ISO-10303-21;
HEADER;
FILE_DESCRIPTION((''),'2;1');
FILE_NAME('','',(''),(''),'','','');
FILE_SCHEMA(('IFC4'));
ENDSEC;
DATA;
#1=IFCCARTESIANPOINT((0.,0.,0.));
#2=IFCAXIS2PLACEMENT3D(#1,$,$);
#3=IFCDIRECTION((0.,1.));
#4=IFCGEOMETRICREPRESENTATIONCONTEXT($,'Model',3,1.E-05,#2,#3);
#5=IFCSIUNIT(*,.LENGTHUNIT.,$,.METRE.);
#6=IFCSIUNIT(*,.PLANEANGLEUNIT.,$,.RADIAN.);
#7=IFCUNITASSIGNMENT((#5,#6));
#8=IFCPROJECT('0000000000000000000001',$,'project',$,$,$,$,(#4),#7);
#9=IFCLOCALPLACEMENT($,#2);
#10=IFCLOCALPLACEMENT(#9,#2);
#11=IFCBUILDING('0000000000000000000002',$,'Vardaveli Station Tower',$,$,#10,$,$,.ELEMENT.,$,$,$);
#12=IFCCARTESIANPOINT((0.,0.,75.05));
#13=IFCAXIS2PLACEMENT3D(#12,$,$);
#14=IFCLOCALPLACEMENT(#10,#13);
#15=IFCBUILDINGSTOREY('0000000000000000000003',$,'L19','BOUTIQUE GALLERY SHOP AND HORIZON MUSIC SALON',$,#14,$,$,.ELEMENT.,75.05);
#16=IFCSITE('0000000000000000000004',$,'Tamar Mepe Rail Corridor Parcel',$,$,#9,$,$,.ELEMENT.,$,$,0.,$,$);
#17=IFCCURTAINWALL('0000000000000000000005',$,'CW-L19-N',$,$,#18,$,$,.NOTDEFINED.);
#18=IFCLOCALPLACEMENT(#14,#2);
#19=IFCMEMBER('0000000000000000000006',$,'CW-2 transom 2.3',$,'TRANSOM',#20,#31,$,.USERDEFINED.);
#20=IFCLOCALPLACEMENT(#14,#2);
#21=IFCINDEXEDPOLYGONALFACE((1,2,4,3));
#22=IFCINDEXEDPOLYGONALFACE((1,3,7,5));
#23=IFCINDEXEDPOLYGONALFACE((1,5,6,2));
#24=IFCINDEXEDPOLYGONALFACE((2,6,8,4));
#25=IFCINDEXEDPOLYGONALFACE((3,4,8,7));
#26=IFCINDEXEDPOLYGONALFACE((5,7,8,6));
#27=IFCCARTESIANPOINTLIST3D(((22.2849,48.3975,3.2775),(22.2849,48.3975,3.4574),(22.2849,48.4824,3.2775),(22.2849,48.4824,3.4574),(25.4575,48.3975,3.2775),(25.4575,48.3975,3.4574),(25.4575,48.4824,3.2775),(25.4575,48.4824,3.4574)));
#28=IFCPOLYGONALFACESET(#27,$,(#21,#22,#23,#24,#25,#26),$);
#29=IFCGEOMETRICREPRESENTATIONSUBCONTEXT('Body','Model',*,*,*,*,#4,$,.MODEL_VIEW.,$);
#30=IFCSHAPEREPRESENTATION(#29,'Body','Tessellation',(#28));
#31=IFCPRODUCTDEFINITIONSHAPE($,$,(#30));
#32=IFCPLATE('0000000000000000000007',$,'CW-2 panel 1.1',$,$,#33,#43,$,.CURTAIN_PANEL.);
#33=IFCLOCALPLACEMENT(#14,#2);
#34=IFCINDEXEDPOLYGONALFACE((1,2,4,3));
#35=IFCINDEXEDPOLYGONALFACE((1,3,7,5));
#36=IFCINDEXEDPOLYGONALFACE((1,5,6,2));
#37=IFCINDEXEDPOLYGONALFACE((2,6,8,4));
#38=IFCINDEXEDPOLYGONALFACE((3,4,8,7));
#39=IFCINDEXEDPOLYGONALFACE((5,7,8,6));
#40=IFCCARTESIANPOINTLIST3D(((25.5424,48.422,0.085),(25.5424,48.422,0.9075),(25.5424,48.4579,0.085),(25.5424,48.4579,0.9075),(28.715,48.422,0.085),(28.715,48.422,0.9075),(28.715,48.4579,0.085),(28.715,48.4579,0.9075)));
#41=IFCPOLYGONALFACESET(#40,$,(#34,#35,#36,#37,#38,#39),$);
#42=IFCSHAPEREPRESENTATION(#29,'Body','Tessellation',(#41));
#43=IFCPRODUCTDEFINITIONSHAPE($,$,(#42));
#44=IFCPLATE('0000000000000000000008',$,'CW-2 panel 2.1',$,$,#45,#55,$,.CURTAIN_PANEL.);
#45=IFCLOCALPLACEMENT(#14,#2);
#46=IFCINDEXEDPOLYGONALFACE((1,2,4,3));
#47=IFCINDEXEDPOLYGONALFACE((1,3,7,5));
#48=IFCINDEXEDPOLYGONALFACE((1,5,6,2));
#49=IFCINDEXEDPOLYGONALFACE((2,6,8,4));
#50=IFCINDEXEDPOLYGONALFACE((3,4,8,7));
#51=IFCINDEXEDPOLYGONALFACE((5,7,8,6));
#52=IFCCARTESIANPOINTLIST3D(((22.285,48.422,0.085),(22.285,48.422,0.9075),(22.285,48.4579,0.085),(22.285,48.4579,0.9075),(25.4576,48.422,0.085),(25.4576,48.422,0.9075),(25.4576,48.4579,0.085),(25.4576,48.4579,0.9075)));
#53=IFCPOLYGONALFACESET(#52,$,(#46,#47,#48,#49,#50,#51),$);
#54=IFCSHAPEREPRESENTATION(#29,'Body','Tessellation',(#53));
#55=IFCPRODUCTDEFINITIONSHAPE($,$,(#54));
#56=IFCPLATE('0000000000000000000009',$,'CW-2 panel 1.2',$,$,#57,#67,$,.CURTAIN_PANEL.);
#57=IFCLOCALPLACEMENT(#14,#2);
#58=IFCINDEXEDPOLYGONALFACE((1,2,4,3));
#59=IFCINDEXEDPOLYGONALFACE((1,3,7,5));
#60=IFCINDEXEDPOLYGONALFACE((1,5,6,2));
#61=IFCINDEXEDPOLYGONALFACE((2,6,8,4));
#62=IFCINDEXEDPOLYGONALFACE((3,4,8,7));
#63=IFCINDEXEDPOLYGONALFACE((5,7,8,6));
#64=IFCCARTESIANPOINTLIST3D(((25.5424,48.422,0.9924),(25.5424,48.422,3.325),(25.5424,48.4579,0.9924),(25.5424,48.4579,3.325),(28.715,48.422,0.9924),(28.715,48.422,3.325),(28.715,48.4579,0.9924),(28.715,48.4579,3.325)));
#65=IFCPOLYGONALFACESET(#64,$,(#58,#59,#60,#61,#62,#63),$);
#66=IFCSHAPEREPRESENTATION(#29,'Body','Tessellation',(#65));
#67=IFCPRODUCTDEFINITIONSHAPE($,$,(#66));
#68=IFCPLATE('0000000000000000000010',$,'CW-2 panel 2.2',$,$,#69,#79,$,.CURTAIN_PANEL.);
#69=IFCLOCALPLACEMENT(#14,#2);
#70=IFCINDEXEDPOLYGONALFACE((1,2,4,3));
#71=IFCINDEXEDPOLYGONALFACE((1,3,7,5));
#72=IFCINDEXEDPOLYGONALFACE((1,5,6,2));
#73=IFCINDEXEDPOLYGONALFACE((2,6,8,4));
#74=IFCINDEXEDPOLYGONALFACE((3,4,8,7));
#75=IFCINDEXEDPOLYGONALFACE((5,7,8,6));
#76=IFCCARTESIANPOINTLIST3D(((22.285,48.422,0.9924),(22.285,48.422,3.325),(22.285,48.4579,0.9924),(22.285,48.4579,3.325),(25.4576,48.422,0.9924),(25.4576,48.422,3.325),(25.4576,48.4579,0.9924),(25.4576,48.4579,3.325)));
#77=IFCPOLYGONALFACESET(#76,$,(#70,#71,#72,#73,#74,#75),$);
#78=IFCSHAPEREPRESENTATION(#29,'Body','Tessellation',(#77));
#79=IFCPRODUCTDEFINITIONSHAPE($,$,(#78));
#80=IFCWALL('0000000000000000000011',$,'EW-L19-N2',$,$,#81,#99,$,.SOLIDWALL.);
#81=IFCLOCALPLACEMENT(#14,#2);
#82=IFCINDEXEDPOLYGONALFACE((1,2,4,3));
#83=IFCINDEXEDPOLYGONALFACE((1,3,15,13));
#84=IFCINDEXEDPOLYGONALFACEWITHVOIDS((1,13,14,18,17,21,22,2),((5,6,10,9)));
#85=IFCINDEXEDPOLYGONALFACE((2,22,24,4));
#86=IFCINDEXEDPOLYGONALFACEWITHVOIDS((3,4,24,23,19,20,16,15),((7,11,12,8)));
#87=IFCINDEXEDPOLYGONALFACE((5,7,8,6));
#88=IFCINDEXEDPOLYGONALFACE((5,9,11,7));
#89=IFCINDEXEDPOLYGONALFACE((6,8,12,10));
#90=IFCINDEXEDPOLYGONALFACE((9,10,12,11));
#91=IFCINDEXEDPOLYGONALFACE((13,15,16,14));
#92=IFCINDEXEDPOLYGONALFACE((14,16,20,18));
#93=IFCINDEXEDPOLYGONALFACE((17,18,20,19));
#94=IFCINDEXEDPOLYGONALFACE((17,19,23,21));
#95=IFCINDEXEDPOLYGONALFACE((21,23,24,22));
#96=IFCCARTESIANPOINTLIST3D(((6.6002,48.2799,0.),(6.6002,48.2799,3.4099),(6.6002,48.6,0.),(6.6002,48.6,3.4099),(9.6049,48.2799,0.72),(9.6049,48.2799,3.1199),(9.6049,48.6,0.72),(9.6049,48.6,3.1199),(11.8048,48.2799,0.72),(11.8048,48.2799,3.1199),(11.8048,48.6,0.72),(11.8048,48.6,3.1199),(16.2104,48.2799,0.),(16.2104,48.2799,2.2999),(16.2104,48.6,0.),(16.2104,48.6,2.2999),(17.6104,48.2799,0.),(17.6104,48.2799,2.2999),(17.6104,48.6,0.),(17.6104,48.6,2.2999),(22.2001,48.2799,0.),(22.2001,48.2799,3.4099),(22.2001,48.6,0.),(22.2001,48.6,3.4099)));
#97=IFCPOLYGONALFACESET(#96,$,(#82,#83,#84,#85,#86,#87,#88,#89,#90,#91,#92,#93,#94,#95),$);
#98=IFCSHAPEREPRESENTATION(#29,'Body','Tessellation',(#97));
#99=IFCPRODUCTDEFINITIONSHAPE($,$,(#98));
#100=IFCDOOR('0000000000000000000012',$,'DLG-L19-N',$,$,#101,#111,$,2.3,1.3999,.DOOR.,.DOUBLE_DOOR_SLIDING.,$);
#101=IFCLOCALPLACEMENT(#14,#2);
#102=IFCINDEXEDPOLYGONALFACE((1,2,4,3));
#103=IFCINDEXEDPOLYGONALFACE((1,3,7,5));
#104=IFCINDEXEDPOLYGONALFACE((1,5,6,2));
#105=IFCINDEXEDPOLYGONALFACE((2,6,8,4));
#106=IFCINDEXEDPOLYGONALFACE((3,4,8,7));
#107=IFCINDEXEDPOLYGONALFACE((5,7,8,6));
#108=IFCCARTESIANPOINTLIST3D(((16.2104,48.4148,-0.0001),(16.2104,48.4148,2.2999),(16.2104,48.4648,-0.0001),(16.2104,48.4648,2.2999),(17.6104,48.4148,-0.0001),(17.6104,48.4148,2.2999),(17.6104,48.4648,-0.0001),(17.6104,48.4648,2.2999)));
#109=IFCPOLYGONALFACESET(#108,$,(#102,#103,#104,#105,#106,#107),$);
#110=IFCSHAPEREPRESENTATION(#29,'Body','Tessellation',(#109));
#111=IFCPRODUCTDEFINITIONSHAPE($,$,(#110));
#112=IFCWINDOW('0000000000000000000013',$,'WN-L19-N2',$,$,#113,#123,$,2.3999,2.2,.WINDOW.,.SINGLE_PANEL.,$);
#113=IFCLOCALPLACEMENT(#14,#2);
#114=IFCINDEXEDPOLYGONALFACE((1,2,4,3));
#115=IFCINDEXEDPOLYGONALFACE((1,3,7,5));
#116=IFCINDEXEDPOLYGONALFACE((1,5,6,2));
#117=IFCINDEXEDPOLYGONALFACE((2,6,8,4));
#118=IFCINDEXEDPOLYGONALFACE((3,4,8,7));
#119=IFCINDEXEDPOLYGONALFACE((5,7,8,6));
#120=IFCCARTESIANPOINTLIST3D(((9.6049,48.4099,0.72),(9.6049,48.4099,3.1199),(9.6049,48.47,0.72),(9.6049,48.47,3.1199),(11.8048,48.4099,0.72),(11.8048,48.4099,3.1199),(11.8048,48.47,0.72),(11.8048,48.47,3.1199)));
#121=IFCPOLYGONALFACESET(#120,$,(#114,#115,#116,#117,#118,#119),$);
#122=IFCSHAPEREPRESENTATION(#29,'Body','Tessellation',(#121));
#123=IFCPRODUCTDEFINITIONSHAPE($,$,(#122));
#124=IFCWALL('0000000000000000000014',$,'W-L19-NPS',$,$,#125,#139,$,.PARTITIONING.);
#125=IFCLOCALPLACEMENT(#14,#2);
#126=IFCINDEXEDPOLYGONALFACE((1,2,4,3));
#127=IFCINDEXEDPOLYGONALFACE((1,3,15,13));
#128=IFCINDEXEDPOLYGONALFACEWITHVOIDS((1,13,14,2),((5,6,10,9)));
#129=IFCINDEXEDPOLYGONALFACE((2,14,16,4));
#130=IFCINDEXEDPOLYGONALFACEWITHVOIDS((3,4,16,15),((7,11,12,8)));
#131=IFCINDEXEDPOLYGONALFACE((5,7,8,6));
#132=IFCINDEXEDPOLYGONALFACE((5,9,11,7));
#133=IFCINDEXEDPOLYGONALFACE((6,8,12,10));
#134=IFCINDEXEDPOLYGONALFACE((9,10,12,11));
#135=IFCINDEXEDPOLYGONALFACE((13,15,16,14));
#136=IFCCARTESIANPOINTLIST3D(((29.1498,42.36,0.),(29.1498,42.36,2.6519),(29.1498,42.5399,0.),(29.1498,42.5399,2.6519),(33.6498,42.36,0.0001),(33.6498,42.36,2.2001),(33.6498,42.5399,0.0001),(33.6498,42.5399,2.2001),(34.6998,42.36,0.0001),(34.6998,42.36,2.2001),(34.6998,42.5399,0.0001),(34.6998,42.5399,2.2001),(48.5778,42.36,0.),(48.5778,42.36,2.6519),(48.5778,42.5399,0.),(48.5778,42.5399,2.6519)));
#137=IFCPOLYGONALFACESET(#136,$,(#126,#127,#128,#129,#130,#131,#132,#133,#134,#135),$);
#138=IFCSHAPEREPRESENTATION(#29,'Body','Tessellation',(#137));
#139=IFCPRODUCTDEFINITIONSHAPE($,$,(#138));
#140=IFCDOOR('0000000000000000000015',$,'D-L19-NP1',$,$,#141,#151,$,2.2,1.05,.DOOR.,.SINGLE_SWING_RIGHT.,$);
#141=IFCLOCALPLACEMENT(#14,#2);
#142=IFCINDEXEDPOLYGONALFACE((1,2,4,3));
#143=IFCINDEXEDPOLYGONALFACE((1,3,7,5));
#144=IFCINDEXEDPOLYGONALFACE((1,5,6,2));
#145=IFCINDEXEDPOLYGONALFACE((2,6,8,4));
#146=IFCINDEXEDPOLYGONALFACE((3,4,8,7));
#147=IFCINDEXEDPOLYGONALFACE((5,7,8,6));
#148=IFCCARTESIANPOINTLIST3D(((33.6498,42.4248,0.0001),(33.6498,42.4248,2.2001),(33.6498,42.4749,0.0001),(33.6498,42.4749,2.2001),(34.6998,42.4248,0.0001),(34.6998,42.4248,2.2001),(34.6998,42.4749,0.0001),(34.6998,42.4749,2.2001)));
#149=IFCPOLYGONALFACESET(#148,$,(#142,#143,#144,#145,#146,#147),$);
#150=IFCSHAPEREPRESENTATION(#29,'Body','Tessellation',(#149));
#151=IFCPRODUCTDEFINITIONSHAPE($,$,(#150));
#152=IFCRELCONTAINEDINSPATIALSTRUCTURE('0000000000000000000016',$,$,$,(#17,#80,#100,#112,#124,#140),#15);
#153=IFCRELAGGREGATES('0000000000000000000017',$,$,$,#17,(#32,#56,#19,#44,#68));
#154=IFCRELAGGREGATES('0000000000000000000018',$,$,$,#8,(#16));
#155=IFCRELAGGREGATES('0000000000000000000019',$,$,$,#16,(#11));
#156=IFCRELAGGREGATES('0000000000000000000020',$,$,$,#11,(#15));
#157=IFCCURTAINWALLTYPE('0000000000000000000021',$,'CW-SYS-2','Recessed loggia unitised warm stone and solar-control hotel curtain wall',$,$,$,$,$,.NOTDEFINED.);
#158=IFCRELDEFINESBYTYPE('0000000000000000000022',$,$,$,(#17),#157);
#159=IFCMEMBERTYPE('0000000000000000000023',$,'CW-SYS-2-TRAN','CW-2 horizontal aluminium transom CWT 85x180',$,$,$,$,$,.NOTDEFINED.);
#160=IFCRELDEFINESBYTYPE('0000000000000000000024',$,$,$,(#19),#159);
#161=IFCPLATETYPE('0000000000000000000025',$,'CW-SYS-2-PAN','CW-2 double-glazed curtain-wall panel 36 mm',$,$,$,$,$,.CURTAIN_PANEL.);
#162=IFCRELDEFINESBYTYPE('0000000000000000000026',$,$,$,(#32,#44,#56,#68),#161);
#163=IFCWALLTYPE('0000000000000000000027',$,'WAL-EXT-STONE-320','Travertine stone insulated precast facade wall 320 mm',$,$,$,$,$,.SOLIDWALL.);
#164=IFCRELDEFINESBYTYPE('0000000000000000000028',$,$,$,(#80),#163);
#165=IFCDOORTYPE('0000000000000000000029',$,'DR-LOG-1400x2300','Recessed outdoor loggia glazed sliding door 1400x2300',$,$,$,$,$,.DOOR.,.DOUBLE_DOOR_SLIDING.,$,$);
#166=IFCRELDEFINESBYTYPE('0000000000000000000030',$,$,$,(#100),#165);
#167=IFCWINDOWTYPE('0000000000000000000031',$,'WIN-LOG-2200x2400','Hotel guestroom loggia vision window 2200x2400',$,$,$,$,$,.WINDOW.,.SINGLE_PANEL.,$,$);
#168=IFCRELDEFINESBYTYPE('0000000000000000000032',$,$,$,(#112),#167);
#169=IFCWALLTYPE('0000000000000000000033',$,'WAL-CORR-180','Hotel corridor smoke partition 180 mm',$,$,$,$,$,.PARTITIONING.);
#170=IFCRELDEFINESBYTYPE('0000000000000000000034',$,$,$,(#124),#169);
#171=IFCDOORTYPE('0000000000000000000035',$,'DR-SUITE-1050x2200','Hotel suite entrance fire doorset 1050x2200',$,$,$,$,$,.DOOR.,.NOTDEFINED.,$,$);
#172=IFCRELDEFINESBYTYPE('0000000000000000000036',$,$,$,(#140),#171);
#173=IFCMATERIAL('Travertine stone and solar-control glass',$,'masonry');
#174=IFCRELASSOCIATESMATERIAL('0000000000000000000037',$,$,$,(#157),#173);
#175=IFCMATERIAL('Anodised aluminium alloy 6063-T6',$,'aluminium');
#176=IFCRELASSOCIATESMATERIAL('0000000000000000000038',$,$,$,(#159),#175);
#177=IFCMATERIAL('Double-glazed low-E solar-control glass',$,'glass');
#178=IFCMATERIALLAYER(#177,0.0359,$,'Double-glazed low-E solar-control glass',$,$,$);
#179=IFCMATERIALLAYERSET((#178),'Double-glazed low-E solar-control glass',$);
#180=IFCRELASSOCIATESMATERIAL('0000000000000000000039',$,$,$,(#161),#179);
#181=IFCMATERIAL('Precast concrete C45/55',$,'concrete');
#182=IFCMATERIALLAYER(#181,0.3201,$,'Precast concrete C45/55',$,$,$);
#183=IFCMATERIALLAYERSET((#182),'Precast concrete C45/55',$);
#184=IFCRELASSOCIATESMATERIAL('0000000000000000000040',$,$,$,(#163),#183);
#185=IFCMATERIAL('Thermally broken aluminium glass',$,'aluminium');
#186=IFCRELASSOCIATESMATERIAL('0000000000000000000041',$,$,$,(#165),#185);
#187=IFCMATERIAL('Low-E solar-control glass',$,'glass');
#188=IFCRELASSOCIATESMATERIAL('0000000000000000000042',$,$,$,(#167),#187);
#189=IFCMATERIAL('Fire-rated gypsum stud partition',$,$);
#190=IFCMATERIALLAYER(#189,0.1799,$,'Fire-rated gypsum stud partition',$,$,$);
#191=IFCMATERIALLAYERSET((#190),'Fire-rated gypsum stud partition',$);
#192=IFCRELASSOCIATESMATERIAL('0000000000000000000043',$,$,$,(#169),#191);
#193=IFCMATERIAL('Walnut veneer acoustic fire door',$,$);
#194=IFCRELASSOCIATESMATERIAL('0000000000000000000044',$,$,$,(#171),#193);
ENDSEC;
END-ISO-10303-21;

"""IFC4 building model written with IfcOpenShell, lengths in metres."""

from ifc_helpers import new_model, si_unit, direction, frame, frame_2d, origin, origin_2d, place, context, subcontext, project, spatial, rectangle, extrude, source, transform, mapped, material, layer, layer_set, material_profile, profile_set, type_object, element, fill, aggregate, save


model = new_model("IFC4")

# Units and contexts
model_context = context("Model", 3, precision=1e-05, world=origin(), true_north=direction((0.0, 1.0)))
body_context = subcontext(model_context, "Body", "Model", "MODEL_VIEW")
ifc_project = project(units=[si_unit("LENGTHUNIT", "METRE"), si_unit("PLANEANGLEUNIT", "RADIAN")], contexts=[model_context])

# Site, building, storey
site_placement = place(None, origin())
site = spatial("IfcSite", under=ifc_project, at=site_placement, Name="Tamar Mepe Rail Corridor Parcel", CompositionType="ELEMENT", RefElevation=0.0)
building_placement = place(site_placement, origin())
building = spatial("IfcBuilding", under=site, at=building_placement, Name="Vardaveli Station Tower", CompositionType="ELEMENT")
storey_placement = place(building_placement, frame((0.0, 0.0, 75.05)))
storey = spatial("IfcBuildingStorey", under=building, at=storey_placement, Name="L19", Description="BOUTIQUE GALLERY SHOP AND HORIZON MUSIC SALON", CompositionType="ELEMENT", Elevation=75.05)

# Shared definitions
ifc_material_1 = material(Name="Precast concrete C45/55", Category="concrete")

# Curtain wall, member, plates
ifc_material_2 = material(Name="Travertine stone and solar-control glass", Category="masonry")
curtain_wall_type = type_object("IfcCurtainWallType", Name="CW-SYS-2", Description="Recessed loggia unitised warm stone and solar-control hotel curtain wall", PredefinedType="NOTDEFINED", material=ifc_material_2)
curtain_wall_placement = place(storey_placement, origin())
curtain_wall = element("IfcCurtainWall", 1, at=curtain_wall_placement, inside=storey, type_object=curtain_wall_type, Name="CW-L19-N", PredefinedType="NOTDEFINED")
ifc_material_3 = material(Name="Anodised aluminium alloy 6063-T6", Category="aluminium")
ifc_material_profile_1 = material_profile(ifc_material_3, rectangle(XDim=0.085, YDim=0.1799, at=origin_2d()), Name="CWT 85x180")
ifc_profile_set_1 = profile_set([ifc_material_profile_1], Name="Anodised aluminium alloy 6063-T6")
member_type_1 = type_object("IfcMemberType", Name="CW-SYS-2-TRAN", Description="CW-2 horizontal aluminium transom CWT 85x180", PredefinedType="NOTDEFINED", material=ifc_profile_set_1)
shared_shape_1 = source(origin(), body_context, "Body", "SweptSolid", [
    extrude(rectangle(XDim=0.085, YDim=0.1799, at=origin_2d()), origin(), (0.0, 0.0, 1.0), 3.1726),
])
member_1_placement = place(storey_placement, frame((25.4575, 48.4399, 3.3674), z_axis=(-1.0, 0.0, 0.0), x_axis=(0.0, -1.0, 0.0)))
member_1 = element("IfcMember", 2, at=member_1_placement, type_object=member_type_1, Name="CW-2 transom 2.3", ObjectType="TRANSOM", PredefinedType="USERDEFINED", context=body_context, shape_type="MappedRepresentation", body=[
    mapped(shared_shape_1, transform((0.0, 0.0, 0.0), scale=1.0)),
])
ifc_material_4 = material(Name="Double-glazed low-E solar-control glass", Category="glass")
ifc_layer_1 = layer(ifc_material_4, 0.0359, Name="Double-glazed low-E solar-control glass")
ifc_layer_set_1 = layer_set([ifc_layer_1], Name="Double-glazed low-E solar-control glass")
plate_type = type_object("IfcPlateType", Name="CW-SYS-2-PAN", Description="CW-2 double-glazed curtain-wall panel 36 mm", PredefinedType="CURTAIN_PANEL", material=ifc_layer_set_1)
shared_shape_2 = source(origin(), body_context, "Body", "SweptSolid", [
    extrude(rectangle(XDim=3.1726, YDim=0.0359, at=origin_2d()), origin(), (0.0, 0.0, 1.0), 0.8225),
])
plate_1_placement = place(storey_placement, frame((27.1287, 48.4399, 0.085), z_axis=(0.0, 0.0, 1.0), x_axis=(-1.0, 0.0, 0.0)))
plate_1 = element("IfcPlate", 3, at=plate_1_placement, type_object=plate_type, Name="CW-2 panel 1.1", PredefinedType="CURTAIN_PANEL", context=body_context, shape_type="MappedRepresentation", body=[
    mapped(shared_shape_2, transform((0.0, 0.0, 0.0), scale=1.0)),
])
plate_2_placement = place(storey_placement, frame((23.8713, 48.4399, 0.085), z_axis=(0.0, 0.0, 1.0), x_axis=(-1.0, 0.0, 0.0)))
plate_2 = element("IfcPlate", 4, at=plate_2_placement, type_object=plate_type, Name="CW-2 panel 2.1", PredefinedType="CURTAIN_PANEL", context=body_context, shape_type="MappedRepresentation", body=[
    mapped(shared_shape_2, transform((0.0, 0.0, 0.0), scale=1.0)),
])
shared_shape_3 = source(origin(), body_context, "Body", "SweptSolid", [
    extrude(rectangle(XDim=3.1726, YDim=0.0359, at=origin_2d()), origin(), (0.0, 0.0, 1.0), 2.3325),
])
plate_3_placement = place(storey_placement, frame((27.1287, 48.4399, 0.9924), z_axis=(0.0, 0.0, 1.0), x_axis=(-1.0, 0.0, 0.0)))
plate_3 = element("IfcPlate", 5, at=plate_3_placement, type_object=plate_type, Name="CW-2 panel 1.2", PredefinedType="CURTAIN_PANEL", context=body_context, shape_type="MappedRepresentation", body=[
    mapped(shared_shape_3, transform((0.0, 0.0, 0.0), scale=1.0)),
])
plate_4_placement = place(storey_placement, frame((23.8713, 48.4399, 0.9924), z_axis=(0.0, 0.0, 1.0), x_axis=(-1.0, 0.0, 0.0)))
plate_4 = element("IfcPlate", 6, at=plate_4_placement, type_object=plate_type, Name="CW-2 panel 2.2", PredefinedType="CURTAIN_PANEL", context=body_context, shape_type="MappedRepresentation", body=[
    mapped(shared_shape_3, transform((0.0, 0.0, 0.0), scale=1.0)),
])
aggregate(curtain_wall, [plate_1, plate_3, member_1, plate_2, plate_4])

# Wall, openings, door, window
ifc_layer_2 = layer(ifc_material_1, 0.3201, Name="Precast concrete C45/55")
ifc_layer_set_2 = layer_set([ifc_layer_2], Name="Precast concrete C45/55")
wall_type_1 = type_object("IfcWallType", Name="WAL-EXT-STONE-320", Description="Travertine stone insulated precast facade wall 320 mm", PredefinedType="SOLIDWALL", material=ifc_layer_set_2)
shared_shape_4 = source(origin(), body_context, "Body", "SweptSolid", [
    extrude(rectangle(XDim=15.5999, YDim=0.3201, at=frame_2d((7.7998, 0.0))), origin(), (0.0, 0.0, 1.0), 3.4099),
])
wall_1_placement = place(storey_placement, frame((22.2, 48.4399, 0.0), z_axis=(0.0, 0.0, 1.0), x_axis=(-1.0, 0.0, 0.0)))
wall_1 = element("IfcWall", 7, at=wall_1_placement, inside=storey, type_object=wall_type_1, Name="EW-L19-N2", PredefinedType="SOLIDWALL", context=body_context, shape_type="MappedRepresentation", body=[
    mapped(shared_shape_4, transform((0.0, 0.0, 0.0), scale=1.0)),
])
shared_shape_5 = source(origin(), body_context, "Body", "SweptSolid", [
    extrude(rectangle(XDim=1.3999, YDim=2.3, at=frame_2d((0.7, 1.1499))), frame((0.0, 0.1699, 0.0), z_axis=(0.0, -1.0, 0.0), x_axis=(1.0, 0.0, 0.0)), (0.0, 0.0, 1.0), 0.3401),
])
opening_1_placement = place(wall_1_placement, frame((4.5896, 0.0, 0.0)))
opening_1 = element("IfcOpeningElement", 8, at=opening_1_placement, cuts=wall_1, PredefinedType="OPENING", context=body_context, shape_type="MappedRepresentation", body=[
    mapped(shared_shape_5, transform((0.0, 0.0, 0.0), scale=1.0)),
])
shared_shape_6 = source(origin(), body_context, "Body", "SweptSolid", [
    extrude(rectangle(XDim=2.2, YDim=2.3999, at=frame_2d((1.1001, 1.2))), frame((0.0, 0.1699, 0.0), z_axis=(0.0, -1.0, 0.0), x_axis=(1.0, 0.0, 0.0)), (0.0, 0.0, 1.0), 0.3401),
])
opening_2_placement = place(wall_1_placement, frame((10.395, 0.0, 0.72)))
opening_2 = element("IfcOpeningElement", 9, at=opening_2_placement, cuts=wall_1, PredefinedType="OPENING", context=body_context, shape_type="MappedRepresentation", body=[
    mapped(shared_shape_6, transform((0.0, 0.0, 0.0), scale=1.0)),
])
ifc_material_5 = material(Name="Thermally broken aluminium glass", Category="aluminium")
door_type_1 = type_object("IfcDoorType", Name="DR-LOG-1400x2300", Description="Recessed outdoor loggia glazed sliding door 1400x2300", OperationType="DOUBLE_DOOR_SLIDING", PredefinedType="DOOR", material=ifc_material_5)
shared_shape_7 = source(origin(), body_context, "Body", "SweptSolid", [
    extrude(rectangle(XDim=1.3999, YDim=2.3, at=frame_2d((0.7, 1.1499))), frame((0.0, 0.0249, 0.0), z_axis=(0.0, -1.0, 0.0), x_axis=(1.0, 0.0, 0.0)), (0.0, 0.0, 1.0), 0.05),
])
door_1_placement = place(opening_1_placement, frame((1.3999, 0.0, 0.0), z_axis=(0.0, 0.0, 1.0), x_axis=(-1.0, 0.0, 0.0)))
door_1 = element("IfcDoor", 10, at=door_1_placement, inside=storey, type_object=door_type_1, Name="DLG-L19-N", OperationType="DOUBLE_DOOR_SLIDING", OverallHeight=2.3, OverallWidth=1.3999, PredefinedType="DOOR", context=body_context, shape_type="MappedRepresentation", body=[
    mapped(shared_shape_7, transform((0.0, 0.0, 0.0), scale=1.0)),
])
fill(opening_1, door_1)
ifc_material_6 = material(Name="Low-E solar-control glass", Category="glass")
window_type = type_object("IfcWindowType", Name="WIN-LOG-2200x2400", Description="Hotel guestroom loggia vision window 2200x2400", PartitioningType="SINGLE_PANEL", PredefinedType="WINDOW", material=ifc_material_6)
shared_shape_8 = source(origin(), body_context, "Body", "SweptSolid", [
    extrude(rectangle(XDim=2.2, YDim=2.3999, at=frame_2d((1.1001, 1.2))), frame((0.0, 0.03, 0.0), z_axis=(0.0, -1.0, 0.0), x_axis=(1.0, 0.0, 0.0)), (0.0, 0.0, 1.0), 0.0601),
])
window_placement = place(opening_2_placement, origin())
window = element("IfcWindow", 11, at=window_placement, inside=storey, type_object=window_type, Name="WN-L19-N2", OverallHeight=2.3999, OverallWidth=2.2, PartitioningType="SINGLE_PANEL", PredefinedType="WINDOW", context=body_context, shape_type="MappedRepresentation", body=[
    mapped(shared_shape_8, transform((0.0, 0.0, 0.0), scale=1.0)),
])
fill(opening_2, window)

# Wall, opening, door
ifc_material_7 = material(Name="Fire-rated gypsum stud partition")
ifc_layer_3 = layer(ifc_material_7, 0.1799, Name="Fire-rated gypsum stud partition")
ifc_layer_set_3 = layer_set([ifc_layer_3], Name="Fire-rated gypsum stud partition")
wall_type_2 = type_object("IfcWallType", Name="WAL-CORR-180", Description="Hotel corridor smoke partition 180 mm", PredefinedType="PARTITIONING", material=ifc_layer_set_3)
shared_shape_9 = source(origin(), body_context, "Body", "SweptSolid", [
    extrude(rectangle(XDim=19.428, YDim=0.1799, at=frame_2d((9.7139, 0.0))), origin(), (0.0, 0.0, 1.0), 2.6519),
])
wall_2_placement = place(storey_placement, frame((29.1499, 42.45, 0.0), z_axis=(0.0, 0.0, 1.0), x_axis=(1.0, 0.0, 0.0)))
wall_2 = element("IfcWall", 12, at=wall_2_placement, inside=storey, type_object=wall_type_2, Name="W-L19-NPS", PredefinedType="PARTITIONING", context=body_context, shape_type="MappedRepresentation", body=[
    mapped(shared_shape_9, transform((0.0, 0.0, 0.0), scale=1.0)),
])
shared_shape_10 = source(origin(), body_context, "Body", "SweptSolid", [
    extrude(rectangle(XDim=1.05, YDim=2.2, at=frame_2d((0.5249, 1.1001))), frame((0.0, 0.1001, 0.0), z_axis=(0.0, -1.0, 0.0), x_axis=(1.0, 0.0, 0.0)), (0.0, 0.0, 1.0), 0.2),
])
opening_3_placement = place(wall_2_placement, frame((4.5, 0.0, 0.0)))
opening_3 = element("IfcOpeningElement", 13, at=opening_3_placement, cuts=wall_2, PredefinedType="OPENING", context=body_context, shape_type="MappedRepresentation", body=[
    mapped(shared_shape_10, transform((0.0, 0.0, 0.0), scale=1.0)),
])
ifc_material_8 = material(Name="Walnut veneer acoustic fire door")
door_type_2 = type_object("IfcDoorType", Name="DR-SUITE-1050x2200", Description="Hotel suite entrance fire doorset 1050x2200", OperationType="NOTDEFINED", PredefinedType="DOOR", material=ifc_material_8)
shared_shape_11 = source(origin(), body_context, "Body", "SweptSolid", [
    extrude(rectangle(XDim=1.05, YDim=2.2, at=frame_2d((0.5249, 1.1001))), frame((0.0, 0.0249, 0.0), z_axis=(0.0, -1.0, 0.0), x_axis=(1.0, 0.0, 0.0)), (0.0, 0.0, 1.0), 0.05),
])
door_2_placement = place(opening_3_placement, origin())
door_2 = element("IfcDoor", 14, at=door_2_placement, inside=storey, type_object=door_type_2, Name="D-L19-NP1", OperationType="SINGLE_SWING_RIGHT", OverallHeight=2.2, OverallWidth=1.05, PredefinedType="DOOR", context=body_context, shape_type="MappedRepresentation", body=[
    mapped(shared_shape_11, transform((0.0, 0.0, 0.0), scale=1.0)),
])
fill(opening_3, door_2)

save(model, "model.ifc")
